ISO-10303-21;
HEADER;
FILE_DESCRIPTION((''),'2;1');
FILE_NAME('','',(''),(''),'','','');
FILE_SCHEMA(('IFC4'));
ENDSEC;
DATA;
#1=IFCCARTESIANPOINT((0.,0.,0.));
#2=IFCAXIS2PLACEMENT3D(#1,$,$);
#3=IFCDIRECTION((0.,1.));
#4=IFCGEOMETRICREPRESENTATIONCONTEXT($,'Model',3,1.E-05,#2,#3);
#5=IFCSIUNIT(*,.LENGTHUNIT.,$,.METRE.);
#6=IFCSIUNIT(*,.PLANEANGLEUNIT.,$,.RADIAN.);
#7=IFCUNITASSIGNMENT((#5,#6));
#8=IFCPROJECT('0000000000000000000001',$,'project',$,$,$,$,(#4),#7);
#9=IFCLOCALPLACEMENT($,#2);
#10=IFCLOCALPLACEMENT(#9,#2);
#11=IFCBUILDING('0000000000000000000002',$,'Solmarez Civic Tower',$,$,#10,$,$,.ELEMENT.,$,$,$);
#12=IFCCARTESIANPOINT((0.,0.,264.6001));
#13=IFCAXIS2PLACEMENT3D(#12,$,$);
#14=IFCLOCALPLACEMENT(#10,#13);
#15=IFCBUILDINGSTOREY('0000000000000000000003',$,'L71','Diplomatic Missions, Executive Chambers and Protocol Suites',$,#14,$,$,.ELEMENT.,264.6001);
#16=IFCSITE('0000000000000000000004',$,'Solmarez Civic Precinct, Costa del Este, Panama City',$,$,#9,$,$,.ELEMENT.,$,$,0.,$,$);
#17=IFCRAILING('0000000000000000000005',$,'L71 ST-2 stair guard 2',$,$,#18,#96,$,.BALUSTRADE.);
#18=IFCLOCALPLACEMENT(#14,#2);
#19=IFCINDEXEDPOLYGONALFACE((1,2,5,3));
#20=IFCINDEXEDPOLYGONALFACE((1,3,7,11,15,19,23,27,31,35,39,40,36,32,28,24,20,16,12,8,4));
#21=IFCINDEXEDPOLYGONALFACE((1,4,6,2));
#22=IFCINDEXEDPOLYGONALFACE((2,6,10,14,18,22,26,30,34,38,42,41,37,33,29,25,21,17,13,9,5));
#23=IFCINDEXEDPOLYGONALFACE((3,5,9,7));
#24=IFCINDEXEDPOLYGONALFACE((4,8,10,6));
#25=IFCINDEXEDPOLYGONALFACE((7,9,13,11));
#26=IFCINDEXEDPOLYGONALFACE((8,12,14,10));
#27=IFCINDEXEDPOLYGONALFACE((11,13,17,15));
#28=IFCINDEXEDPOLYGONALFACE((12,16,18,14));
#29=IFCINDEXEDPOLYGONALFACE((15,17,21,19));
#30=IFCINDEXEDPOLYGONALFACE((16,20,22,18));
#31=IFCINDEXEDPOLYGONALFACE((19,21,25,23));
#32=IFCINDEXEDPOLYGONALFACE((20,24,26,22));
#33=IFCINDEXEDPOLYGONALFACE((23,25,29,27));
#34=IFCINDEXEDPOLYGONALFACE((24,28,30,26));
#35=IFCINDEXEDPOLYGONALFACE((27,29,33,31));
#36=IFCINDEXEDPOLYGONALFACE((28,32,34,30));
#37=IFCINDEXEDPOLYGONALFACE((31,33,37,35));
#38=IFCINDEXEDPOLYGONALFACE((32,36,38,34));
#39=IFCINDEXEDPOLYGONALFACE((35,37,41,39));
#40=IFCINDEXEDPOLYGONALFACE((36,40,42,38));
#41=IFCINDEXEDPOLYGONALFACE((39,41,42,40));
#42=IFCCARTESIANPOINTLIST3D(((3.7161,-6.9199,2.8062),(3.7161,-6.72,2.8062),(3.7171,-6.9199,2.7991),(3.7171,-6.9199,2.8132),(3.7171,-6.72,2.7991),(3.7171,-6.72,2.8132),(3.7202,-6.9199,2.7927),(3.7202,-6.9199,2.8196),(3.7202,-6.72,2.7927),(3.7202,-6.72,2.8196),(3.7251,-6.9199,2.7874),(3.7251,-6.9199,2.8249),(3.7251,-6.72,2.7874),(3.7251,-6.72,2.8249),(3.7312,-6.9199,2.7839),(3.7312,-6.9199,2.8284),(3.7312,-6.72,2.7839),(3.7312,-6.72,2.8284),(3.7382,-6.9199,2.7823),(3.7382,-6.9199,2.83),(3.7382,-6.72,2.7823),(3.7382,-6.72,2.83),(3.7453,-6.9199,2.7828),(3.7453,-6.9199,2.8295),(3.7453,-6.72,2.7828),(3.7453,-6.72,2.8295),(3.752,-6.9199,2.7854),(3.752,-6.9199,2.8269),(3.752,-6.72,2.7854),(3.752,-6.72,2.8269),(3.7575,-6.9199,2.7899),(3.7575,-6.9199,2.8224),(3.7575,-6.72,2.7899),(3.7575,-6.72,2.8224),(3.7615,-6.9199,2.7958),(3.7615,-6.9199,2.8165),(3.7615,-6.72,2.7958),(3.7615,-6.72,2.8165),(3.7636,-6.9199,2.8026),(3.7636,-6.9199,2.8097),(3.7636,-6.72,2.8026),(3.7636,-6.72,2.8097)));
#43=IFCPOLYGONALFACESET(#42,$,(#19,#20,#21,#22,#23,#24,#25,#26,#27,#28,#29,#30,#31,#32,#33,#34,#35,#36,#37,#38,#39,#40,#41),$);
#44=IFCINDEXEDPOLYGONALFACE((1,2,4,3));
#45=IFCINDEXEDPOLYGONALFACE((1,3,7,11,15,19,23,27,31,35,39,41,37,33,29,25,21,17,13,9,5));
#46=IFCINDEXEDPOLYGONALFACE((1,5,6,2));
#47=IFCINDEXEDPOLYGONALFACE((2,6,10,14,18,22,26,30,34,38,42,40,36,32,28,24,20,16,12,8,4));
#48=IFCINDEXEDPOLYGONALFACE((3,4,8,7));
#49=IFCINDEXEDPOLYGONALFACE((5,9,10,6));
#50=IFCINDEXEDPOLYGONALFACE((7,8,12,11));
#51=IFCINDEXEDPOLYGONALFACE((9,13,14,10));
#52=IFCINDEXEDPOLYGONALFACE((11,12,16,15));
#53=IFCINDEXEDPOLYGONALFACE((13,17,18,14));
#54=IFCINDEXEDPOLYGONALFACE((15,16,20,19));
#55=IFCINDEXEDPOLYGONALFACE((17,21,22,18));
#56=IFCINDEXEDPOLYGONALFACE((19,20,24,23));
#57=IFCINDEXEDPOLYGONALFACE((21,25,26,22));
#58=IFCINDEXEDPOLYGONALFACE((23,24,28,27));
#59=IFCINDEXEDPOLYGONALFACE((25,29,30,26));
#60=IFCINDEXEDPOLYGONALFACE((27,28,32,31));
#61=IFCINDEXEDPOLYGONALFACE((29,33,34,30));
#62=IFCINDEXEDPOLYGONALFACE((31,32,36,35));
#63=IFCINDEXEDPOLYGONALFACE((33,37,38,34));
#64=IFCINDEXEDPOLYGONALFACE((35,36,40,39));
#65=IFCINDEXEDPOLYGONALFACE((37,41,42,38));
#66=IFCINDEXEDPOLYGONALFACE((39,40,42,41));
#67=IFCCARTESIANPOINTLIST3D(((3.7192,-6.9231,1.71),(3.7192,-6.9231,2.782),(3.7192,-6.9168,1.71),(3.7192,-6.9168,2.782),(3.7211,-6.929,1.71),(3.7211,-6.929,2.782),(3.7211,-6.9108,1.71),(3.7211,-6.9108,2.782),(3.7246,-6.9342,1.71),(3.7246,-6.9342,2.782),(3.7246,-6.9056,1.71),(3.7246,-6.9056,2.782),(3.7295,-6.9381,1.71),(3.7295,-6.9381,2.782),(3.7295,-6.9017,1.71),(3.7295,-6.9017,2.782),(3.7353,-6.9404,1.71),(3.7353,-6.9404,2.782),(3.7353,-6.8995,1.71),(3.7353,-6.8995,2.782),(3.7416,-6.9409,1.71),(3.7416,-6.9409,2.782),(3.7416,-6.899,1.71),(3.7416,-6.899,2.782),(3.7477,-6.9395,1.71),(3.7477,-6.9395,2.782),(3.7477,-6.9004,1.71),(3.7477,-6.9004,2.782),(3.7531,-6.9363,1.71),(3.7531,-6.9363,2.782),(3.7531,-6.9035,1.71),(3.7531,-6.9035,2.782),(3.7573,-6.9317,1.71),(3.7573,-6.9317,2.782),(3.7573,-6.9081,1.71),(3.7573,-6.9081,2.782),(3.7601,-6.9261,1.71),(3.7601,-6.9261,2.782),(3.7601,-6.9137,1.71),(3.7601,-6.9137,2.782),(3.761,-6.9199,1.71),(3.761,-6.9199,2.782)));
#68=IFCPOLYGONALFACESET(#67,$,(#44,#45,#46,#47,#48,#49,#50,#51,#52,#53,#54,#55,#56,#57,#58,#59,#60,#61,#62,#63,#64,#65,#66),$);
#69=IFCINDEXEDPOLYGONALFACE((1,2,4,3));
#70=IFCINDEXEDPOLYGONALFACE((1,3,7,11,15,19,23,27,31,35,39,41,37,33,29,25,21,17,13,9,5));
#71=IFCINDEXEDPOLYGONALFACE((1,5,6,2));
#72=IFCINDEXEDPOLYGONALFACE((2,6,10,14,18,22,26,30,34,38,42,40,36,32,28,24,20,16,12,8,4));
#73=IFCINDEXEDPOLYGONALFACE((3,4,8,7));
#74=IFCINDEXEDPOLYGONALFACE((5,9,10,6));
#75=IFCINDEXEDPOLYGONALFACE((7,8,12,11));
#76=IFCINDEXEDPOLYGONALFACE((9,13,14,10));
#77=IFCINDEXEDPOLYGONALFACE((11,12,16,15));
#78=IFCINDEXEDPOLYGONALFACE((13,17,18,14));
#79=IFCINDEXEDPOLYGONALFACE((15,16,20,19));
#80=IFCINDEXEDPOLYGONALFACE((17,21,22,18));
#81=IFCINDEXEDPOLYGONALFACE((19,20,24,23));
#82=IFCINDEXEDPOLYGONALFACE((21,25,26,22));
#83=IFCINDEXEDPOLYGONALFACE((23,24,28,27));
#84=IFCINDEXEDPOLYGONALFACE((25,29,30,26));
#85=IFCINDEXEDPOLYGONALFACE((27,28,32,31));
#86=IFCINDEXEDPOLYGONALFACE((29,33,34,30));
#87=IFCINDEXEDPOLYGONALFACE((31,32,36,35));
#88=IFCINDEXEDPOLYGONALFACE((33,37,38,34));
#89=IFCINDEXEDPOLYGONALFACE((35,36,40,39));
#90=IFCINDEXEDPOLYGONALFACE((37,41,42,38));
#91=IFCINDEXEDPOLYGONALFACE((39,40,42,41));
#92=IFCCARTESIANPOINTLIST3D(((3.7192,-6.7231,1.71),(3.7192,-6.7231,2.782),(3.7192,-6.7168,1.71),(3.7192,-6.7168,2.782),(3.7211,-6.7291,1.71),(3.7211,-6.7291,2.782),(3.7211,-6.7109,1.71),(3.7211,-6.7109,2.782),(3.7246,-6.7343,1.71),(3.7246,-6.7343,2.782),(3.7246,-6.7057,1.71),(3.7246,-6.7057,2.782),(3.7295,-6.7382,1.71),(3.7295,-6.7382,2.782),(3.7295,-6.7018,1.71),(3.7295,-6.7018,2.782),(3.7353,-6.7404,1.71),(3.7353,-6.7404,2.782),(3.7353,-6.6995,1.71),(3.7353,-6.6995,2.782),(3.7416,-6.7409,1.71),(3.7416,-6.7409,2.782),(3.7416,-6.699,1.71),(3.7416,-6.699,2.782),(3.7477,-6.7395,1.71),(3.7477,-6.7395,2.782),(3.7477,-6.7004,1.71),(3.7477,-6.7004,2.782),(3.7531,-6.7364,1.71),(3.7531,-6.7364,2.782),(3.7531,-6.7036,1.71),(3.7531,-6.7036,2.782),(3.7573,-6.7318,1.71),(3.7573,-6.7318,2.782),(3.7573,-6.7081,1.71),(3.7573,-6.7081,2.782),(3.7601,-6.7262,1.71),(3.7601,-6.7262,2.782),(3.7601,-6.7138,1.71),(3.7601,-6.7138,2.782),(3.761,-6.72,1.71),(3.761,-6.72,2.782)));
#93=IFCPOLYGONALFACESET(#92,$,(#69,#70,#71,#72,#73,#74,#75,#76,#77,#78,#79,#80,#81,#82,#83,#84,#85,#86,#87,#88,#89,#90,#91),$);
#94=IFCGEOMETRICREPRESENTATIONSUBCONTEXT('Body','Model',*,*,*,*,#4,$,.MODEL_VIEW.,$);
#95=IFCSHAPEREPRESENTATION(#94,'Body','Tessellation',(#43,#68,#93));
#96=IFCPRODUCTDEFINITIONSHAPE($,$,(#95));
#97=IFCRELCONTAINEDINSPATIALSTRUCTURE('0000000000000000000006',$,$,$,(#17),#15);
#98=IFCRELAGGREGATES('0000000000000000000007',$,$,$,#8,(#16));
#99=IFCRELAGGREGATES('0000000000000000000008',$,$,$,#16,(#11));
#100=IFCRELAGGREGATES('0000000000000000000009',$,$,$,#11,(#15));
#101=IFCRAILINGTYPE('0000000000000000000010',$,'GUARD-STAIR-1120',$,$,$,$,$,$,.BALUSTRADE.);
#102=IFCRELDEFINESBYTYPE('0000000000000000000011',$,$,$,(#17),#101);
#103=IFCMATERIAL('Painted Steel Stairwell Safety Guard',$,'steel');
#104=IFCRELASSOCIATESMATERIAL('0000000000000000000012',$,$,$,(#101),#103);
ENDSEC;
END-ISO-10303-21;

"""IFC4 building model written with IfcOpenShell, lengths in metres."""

from ifc_helpers import new_model, si_unit, direction, frame, origin, origin_2d, place, context, subcontext, project, spatial, circle, extrude, material, type_object, element, save


model = new_model("IFC4")

# Units and contexts
model_context = context("Model", 3, precision=1e-05, world=origin(), true_north=direction((0.0, 1.0)))
body_context = subcontext(model_context, "Body", "Model", "MODEL_VIEW")
ifc_project = project(units=[si_unit("LENGTHUNIT", "METRE"), si_unit("PLANEANGLEUNIT", "RADIAN")], contexts=[model_context])

# Site, building, storey
site_placement = place(None, origin())
site = spatial("IfcSite", under=ifc_project, at=site_placement, Name="Solmarez Civic Precinct, Costa del Este, Panama City", CompositionType="ELEMENT", RefElevation=0.0)
building_placement = place(site_placement, origin())
building = spatial("IfcBuilding", under=site, at=building_placement, Name="Solmarez Civic Tower", CompositionType="ELEMENT")
storey_placement = place(building_placement, frame((0.0, 0.0, 264.6001)))
storey = spatial("IfcBuildingStorey", under=building, at=storey_placement, Name="L71", Description="Diplomatic Missions, Executive Chambers and Protocol Suites", CompositionType="ELEMENT", Elevation=264.6001)

# Railing
ifc_material_1 = material(Name="Painted Steel Stairwell Safety Guard", Category="steel")
railing_type_1 = type_object("IfcRailingType", Name="GUARD-STAIR-1120", PredefinedType="BALUSTRADE", material=ifc_material_1)
railing_1_placement = place(storey_placement, frame((3.74, -6.9199, 1.71)))
element("IfcRailing", 1, at=railing_1_placement, inside=storey, type_object=railing_type_1, Name="L71 ST-2 stair guard 2", PredefinedType="BALUSTRADE", context=body_context, shape_type="SweptSolid", body=[
    extrude(circle(Radius=0.0239, at=origin_2d()), frame((0.0, 0.0, 1.0962), z_axis=(0.0, 1.0, 0.0), x_axis=(-1.0, 0.0, 0.0)), (0.0, 0.0, 1.0), 0.2),
    extrude(circle(Radius=0.021, at=origin_2d()), origin(), (0.0, 0.0, 1.0), 1.072),
    extrude(circle(Radius=0.021, at=origin_2d()), frame((0.0, 0.2, 0.0)), (0.0, 0.0, 1.0), 1.072),
])

save(model, "model.ifc")
